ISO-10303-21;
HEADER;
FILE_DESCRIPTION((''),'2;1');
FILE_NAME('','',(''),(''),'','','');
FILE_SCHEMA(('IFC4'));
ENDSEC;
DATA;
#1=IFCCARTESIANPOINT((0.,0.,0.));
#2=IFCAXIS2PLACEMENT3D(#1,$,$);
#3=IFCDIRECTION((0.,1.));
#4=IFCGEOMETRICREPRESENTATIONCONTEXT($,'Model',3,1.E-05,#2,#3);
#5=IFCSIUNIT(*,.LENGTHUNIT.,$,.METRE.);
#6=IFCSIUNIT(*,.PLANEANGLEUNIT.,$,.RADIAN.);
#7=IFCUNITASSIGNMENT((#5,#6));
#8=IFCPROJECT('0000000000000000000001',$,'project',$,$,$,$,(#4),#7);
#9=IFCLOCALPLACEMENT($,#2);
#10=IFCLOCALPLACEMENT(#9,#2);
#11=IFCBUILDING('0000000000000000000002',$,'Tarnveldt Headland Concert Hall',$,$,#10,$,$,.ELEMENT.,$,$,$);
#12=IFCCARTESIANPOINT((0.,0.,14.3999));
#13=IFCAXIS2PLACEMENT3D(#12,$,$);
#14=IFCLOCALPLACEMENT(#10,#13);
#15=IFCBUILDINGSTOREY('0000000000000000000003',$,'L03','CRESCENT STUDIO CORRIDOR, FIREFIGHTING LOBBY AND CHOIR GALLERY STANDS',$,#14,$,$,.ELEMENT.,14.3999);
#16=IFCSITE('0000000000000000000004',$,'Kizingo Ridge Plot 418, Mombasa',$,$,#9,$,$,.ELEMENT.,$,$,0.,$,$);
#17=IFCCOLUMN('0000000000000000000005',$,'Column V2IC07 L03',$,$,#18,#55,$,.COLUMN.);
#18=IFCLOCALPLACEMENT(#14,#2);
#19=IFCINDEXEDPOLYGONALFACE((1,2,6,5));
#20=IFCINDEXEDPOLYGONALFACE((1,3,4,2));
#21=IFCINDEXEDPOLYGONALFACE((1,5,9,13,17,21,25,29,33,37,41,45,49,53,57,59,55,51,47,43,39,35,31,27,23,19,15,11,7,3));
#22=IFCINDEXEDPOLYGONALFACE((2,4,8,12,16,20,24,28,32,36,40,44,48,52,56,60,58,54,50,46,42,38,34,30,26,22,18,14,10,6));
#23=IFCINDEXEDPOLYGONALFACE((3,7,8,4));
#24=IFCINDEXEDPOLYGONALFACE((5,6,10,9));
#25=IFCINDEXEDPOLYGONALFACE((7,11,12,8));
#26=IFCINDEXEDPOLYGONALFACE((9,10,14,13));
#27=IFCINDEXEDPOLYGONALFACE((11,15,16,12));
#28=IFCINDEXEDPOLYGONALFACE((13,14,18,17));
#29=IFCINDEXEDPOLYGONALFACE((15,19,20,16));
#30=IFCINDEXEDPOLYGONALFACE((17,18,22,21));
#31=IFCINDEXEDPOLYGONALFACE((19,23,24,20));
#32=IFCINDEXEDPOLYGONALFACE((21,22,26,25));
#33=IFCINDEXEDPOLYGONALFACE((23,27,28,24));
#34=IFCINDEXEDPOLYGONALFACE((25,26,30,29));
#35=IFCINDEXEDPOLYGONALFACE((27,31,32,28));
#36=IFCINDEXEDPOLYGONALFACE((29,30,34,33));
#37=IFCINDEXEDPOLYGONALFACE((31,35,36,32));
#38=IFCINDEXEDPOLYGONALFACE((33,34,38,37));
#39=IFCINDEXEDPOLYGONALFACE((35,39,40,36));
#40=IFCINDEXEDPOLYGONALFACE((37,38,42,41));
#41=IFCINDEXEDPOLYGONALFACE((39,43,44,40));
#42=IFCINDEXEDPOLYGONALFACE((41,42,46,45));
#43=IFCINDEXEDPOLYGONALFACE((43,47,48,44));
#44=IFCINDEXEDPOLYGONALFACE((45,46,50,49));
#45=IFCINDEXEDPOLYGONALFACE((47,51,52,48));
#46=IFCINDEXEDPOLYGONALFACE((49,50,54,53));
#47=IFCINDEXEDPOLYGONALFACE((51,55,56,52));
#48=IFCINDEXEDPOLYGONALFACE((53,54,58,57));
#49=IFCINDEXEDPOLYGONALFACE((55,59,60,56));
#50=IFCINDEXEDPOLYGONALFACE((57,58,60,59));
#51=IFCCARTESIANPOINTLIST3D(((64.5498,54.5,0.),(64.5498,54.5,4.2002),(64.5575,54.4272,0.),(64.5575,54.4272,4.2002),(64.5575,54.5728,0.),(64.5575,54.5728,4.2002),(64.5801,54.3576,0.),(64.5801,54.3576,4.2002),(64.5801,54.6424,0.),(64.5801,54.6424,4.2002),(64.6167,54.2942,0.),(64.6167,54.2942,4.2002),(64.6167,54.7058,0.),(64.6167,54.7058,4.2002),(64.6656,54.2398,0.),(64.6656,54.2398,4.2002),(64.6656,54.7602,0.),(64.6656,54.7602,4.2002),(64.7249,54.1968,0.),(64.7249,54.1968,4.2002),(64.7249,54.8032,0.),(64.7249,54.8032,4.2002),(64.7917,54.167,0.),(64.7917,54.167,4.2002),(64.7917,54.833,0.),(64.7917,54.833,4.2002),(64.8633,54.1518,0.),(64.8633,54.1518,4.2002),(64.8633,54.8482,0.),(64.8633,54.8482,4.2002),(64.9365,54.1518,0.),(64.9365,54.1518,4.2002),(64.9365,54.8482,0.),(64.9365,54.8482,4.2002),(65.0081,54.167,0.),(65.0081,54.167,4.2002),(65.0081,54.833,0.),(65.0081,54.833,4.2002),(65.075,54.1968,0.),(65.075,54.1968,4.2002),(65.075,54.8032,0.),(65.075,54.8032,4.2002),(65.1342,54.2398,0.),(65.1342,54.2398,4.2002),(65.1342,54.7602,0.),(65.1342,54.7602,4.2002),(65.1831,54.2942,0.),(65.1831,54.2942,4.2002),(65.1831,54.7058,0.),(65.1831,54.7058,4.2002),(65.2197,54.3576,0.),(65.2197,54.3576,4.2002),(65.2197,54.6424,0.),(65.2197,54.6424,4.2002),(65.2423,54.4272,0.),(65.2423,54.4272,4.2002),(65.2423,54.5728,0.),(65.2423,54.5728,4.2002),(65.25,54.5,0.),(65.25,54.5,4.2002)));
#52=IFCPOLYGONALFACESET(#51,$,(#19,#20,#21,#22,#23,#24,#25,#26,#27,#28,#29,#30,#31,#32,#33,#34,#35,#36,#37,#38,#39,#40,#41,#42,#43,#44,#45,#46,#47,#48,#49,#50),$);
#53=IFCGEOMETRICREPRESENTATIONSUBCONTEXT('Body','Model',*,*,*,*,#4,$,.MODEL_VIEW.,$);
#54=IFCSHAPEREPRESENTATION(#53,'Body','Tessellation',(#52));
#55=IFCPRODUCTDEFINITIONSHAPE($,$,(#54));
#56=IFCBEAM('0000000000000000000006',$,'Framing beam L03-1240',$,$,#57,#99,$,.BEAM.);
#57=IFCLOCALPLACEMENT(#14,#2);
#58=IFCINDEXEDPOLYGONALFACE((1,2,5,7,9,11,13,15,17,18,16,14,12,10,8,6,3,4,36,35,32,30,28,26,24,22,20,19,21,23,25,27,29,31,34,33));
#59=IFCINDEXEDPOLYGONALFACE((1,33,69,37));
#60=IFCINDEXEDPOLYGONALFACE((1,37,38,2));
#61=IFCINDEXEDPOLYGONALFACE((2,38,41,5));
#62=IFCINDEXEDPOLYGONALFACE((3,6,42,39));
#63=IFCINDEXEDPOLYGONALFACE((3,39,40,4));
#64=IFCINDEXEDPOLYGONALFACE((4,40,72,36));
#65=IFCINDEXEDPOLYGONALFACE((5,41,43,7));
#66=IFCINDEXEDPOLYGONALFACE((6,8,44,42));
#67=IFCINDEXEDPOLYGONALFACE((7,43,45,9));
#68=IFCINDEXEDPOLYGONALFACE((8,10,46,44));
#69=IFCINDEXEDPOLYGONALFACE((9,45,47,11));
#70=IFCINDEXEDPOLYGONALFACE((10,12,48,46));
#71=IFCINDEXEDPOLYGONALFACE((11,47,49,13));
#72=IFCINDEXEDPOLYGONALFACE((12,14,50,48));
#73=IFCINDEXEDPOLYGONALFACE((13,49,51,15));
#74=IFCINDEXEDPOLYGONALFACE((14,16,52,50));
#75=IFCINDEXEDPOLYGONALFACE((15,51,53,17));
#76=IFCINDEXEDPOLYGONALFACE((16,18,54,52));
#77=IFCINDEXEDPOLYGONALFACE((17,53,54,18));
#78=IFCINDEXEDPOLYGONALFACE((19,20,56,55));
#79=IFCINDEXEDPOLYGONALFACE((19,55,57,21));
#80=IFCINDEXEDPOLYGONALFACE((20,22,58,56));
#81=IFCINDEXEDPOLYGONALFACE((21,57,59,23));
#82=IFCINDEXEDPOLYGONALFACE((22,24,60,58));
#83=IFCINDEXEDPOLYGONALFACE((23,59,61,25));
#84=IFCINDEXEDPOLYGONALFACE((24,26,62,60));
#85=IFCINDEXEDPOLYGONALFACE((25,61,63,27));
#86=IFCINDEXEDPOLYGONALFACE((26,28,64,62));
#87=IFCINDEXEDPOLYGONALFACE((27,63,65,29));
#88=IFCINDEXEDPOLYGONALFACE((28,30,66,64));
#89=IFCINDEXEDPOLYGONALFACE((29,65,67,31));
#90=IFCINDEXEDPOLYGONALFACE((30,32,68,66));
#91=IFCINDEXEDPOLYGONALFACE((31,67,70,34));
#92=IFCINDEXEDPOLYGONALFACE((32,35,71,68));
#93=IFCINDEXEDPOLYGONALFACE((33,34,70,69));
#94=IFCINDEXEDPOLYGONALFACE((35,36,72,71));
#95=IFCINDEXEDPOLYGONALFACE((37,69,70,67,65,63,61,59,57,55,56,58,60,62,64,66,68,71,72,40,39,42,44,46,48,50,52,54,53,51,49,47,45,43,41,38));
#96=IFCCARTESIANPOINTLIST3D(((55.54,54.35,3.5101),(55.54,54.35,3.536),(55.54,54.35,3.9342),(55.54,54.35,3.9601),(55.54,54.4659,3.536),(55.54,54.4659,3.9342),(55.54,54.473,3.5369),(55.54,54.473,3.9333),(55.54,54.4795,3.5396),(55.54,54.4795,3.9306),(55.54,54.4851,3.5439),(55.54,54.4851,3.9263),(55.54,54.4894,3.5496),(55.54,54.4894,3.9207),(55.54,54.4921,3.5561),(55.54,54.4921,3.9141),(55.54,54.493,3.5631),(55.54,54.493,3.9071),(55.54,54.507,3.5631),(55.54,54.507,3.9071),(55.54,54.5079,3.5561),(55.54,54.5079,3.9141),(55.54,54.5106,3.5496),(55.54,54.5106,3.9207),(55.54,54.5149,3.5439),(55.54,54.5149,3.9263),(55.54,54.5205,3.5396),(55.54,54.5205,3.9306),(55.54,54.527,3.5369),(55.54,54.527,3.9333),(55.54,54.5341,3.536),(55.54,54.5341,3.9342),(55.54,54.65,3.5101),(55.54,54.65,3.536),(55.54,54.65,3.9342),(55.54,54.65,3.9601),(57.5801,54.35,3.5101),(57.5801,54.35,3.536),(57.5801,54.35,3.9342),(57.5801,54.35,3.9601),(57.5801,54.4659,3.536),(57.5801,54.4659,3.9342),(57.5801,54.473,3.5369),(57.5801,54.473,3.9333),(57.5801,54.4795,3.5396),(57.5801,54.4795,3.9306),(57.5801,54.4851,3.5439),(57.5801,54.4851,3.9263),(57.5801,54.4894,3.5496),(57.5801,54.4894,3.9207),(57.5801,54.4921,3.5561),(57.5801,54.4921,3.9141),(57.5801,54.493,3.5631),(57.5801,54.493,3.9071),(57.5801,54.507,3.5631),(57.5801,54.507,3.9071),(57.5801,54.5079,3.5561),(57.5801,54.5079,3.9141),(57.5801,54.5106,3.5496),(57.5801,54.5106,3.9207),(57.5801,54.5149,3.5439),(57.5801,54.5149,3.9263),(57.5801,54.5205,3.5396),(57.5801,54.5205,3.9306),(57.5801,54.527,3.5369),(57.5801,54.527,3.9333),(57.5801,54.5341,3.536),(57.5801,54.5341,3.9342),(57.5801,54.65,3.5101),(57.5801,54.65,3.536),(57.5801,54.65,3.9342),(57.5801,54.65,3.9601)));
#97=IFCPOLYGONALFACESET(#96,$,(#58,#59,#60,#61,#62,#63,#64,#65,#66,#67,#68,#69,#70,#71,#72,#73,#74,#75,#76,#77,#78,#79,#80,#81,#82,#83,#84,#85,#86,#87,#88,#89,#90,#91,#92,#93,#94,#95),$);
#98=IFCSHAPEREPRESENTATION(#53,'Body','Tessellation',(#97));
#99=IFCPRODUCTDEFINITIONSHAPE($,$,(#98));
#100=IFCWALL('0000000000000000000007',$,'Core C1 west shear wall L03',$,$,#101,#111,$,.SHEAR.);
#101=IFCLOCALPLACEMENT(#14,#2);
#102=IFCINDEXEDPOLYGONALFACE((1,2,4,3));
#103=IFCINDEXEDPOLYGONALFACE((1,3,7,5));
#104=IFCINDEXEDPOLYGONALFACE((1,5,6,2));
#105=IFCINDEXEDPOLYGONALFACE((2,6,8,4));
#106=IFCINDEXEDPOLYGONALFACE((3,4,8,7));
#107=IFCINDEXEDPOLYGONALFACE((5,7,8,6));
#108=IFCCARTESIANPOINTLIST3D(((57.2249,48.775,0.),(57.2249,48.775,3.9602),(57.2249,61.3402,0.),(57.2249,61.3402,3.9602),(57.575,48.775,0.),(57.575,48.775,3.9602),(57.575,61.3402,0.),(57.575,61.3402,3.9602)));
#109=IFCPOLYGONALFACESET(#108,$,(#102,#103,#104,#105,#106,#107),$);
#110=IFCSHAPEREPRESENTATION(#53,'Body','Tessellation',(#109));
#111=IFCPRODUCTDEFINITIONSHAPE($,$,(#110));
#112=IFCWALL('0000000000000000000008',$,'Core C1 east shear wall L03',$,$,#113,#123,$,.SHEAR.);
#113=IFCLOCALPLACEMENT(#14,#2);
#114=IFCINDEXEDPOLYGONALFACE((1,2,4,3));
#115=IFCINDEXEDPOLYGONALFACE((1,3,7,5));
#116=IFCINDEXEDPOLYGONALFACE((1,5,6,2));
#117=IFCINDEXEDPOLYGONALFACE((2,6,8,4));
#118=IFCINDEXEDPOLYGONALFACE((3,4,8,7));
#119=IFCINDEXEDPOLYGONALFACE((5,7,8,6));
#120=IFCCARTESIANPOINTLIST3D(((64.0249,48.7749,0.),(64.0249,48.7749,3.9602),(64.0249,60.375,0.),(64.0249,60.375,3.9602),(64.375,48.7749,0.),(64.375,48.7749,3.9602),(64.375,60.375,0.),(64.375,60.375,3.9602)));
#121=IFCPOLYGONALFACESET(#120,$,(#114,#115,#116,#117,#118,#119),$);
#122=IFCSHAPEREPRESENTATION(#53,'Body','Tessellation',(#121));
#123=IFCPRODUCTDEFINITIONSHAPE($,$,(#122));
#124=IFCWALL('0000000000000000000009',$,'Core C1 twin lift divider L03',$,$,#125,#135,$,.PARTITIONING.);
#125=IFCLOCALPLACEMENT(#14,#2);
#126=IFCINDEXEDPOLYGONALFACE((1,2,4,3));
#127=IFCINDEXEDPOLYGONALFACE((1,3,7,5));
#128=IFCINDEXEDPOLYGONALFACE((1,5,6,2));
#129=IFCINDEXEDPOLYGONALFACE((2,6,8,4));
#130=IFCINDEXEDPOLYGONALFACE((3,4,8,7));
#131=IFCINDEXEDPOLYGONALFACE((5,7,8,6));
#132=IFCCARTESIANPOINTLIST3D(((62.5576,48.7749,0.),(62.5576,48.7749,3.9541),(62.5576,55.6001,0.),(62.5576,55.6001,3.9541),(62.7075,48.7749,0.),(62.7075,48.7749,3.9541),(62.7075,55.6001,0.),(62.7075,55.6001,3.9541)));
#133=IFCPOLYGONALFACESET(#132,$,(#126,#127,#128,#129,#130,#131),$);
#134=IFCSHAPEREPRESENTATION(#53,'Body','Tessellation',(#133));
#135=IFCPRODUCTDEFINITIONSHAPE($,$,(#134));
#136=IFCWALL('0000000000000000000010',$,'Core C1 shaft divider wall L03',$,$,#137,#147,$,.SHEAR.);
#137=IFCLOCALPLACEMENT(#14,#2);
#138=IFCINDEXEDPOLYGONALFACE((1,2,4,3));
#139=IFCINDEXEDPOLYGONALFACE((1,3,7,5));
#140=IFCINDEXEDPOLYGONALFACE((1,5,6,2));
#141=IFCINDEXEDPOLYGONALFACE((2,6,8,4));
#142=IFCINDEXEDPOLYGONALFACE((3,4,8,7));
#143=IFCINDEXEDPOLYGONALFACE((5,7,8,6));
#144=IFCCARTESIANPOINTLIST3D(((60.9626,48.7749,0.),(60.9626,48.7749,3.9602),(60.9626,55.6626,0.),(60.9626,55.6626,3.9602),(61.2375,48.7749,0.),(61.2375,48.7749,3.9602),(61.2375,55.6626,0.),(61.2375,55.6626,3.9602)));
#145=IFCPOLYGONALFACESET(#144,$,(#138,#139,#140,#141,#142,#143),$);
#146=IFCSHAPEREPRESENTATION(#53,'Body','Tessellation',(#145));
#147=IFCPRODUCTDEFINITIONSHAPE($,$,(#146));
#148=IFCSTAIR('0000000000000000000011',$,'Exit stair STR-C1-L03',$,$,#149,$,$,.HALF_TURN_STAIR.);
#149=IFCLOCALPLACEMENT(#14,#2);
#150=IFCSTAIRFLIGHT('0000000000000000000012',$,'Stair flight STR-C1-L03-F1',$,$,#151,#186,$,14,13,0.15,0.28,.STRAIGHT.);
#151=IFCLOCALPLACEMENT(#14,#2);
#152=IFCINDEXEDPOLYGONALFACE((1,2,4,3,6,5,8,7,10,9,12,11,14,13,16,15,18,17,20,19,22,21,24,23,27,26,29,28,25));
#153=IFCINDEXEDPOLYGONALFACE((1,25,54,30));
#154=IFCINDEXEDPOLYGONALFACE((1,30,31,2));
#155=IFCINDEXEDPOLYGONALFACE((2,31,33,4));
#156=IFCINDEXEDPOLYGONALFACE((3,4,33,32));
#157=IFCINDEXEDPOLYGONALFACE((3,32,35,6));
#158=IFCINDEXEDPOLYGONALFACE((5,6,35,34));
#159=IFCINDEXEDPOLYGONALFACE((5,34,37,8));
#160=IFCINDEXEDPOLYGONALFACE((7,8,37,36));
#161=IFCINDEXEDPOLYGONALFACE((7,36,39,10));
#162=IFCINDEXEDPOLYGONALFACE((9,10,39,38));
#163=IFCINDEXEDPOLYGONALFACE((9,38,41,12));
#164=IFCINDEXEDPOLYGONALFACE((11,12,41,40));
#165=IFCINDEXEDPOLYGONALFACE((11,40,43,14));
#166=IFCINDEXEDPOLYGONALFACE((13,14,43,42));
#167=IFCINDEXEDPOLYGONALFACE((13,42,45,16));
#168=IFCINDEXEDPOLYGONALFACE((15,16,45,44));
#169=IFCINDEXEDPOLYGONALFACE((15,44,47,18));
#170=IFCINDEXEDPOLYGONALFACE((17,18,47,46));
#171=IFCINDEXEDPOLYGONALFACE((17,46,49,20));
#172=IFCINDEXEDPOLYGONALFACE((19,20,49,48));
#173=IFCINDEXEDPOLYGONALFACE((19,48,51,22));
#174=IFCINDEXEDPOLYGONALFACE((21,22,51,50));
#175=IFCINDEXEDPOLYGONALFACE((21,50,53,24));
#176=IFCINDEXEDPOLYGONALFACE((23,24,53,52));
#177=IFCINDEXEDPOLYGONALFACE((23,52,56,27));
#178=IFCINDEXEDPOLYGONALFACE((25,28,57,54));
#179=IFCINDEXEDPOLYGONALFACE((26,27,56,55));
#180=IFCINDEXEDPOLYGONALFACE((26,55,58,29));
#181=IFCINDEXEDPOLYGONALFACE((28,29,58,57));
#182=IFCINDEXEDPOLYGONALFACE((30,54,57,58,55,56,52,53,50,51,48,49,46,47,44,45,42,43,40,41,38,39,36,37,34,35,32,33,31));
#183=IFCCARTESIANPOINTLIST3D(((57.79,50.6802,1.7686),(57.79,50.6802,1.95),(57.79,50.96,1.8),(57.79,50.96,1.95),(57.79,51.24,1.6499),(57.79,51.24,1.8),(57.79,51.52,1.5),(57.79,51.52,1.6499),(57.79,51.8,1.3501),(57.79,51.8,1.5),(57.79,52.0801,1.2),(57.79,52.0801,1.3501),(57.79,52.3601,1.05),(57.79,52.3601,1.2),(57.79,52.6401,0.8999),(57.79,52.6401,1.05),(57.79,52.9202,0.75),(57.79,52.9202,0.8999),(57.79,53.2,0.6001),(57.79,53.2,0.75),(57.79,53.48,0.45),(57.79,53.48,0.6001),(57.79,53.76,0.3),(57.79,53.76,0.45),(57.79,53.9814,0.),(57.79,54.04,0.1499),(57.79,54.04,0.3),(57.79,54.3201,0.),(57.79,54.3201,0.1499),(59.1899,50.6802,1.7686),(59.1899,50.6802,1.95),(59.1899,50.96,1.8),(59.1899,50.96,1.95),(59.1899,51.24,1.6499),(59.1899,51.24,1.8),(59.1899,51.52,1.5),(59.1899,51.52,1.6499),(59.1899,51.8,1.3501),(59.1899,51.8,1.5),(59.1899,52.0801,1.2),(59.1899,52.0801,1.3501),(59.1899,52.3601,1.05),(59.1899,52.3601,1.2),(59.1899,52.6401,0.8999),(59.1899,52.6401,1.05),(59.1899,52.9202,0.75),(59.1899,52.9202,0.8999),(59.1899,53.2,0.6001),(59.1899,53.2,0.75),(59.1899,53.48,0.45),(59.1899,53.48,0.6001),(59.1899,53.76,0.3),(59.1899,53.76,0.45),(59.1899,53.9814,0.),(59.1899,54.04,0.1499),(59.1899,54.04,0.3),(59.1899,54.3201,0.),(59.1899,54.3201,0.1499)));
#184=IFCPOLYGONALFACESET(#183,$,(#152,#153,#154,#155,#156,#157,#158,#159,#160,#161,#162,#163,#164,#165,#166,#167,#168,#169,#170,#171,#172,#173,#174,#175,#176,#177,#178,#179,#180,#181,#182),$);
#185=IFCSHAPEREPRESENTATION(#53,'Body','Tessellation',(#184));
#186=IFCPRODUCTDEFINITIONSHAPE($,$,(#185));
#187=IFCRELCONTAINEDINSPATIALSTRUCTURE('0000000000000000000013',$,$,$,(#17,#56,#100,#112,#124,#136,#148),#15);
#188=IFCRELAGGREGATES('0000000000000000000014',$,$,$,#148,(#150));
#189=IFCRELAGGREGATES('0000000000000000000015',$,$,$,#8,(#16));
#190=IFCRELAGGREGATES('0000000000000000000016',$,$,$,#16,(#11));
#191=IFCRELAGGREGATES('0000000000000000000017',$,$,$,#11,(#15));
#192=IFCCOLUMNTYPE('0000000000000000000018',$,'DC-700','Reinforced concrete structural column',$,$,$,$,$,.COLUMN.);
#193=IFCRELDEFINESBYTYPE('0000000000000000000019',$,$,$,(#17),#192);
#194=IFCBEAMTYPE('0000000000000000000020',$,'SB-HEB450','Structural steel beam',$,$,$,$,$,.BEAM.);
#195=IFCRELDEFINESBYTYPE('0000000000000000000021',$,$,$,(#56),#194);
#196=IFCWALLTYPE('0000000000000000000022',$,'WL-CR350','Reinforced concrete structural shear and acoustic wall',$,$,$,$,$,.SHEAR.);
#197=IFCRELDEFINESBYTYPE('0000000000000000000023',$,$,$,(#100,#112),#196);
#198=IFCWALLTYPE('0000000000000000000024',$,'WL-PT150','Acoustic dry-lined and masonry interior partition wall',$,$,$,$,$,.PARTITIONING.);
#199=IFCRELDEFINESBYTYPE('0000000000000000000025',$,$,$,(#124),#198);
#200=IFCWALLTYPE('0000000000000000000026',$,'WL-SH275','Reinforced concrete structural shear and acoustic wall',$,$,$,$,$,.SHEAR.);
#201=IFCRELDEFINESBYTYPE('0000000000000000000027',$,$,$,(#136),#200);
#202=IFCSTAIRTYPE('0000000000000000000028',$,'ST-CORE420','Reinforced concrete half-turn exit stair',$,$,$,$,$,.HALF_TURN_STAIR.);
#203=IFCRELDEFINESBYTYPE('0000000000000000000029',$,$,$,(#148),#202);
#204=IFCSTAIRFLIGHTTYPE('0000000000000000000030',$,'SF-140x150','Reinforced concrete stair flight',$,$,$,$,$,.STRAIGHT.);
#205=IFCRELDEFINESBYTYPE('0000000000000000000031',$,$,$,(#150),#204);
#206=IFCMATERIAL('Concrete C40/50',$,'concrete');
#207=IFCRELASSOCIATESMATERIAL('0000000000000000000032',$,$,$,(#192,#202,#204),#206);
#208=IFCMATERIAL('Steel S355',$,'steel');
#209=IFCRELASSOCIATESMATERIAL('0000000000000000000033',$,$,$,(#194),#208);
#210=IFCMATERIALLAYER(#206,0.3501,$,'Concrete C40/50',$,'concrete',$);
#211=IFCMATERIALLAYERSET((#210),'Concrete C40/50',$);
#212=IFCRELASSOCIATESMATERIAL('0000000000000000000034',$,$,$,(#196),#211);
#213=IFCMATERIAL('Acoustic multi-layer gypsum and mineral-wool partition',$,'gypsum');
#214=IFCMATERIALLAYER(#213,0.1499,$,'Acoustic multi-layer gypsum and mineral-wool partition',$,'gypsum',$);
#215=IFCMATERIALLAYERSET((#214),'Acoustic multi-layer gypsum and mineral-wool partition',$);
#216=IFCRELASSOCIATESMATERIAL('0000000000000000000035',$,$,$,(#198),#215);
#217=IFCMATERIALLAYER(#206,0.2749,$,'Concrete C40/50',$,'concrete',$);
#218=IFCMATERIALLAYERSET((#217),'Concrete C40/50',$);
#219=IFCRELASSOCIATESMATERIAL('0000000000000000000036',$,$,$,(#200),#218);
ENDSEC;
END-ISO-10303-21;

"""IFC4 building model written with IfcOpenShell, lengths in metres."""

from ifc_helpers import new_model, si_unit, direction, frame, frame_2d, origin, origin_2d, place, context, subcontext, project, spatial, polyline, rectangle, circle, i_section, outline, extrude, material, layer, layer_set, material_profile, profile_set, type_object, element, aggregate, save


model = new_model("IFC4")

# Units and contexts
model_context = context("Model", 3, precision=1e-05, world=origin(), true_north=direction((0.0, 1.0)))
body_context = subcontext(model_context, "Body", "Model", "MODEL_VIEW")
ifc_project = project(units=[si_unit("LENGTHUNIT", "METRE"), si_unit("PLANEANGLEUNIT", "RADIAN")], contexts=[model_context])

# Site, building, storey
site_placement = place(None, origin())
site = spatial("IfcSite", under=ifc_project, at=site_placement, Name="Kizingo Ridge Plot 418, Mombasa", CompositionType="ELEMENT", RefElevation=0.0)
building_placement = place(site_placement, origin())
building = spatial("IfcBuilding", under=site, at=building_placement, Name="Tarnveldt Headland Concert Hall", CompositionType="ELEMENT")
storey_placement = place(building_placement, frame((0.0, 0.0, 14.3999)))
storey = spatial("IfcBuildingStorey", under=building, at=storey_placement, Name="L03", Description="CRESCENT STUDIO CORRIDOR, FIREFIGHTING LOBBY AND CHOIR GALLERY STANDS", CompositionType="ELEMENT", Elevation=14.3999)

# Column
ifc_material_1 = material(Name="Concrete C40/50", Category="concrete")
ifc_material_profile_1 = material_profile(ifc_material_1, circle(Radius=0.3501, at=origin_2d()), Name="RC D700", Category="concrete")
ifc_profile_set_1 = profile_set([ifc_material_profile_1], Name="Concrete C40/50")
column_type = type_object("IfcColumnType", Name="DC-700", Description="Reinforced concrete structural column", PredefinedType="COLUMN", material=ifc_profile_set_1)
column_placement = place(storey_placement, frame((64.8999, 54.5, 0.0), z_axis=(0.0, 0.0, 1.0), x_axis=(-1.0, 0.0, 0.0)))
element("IfcColumn", 1, at=column_placement, inside=storey, type_object=column_type, Name="Column V2IC07 L03", PredefinedType="COLUMN", context=body_context, shape_type="SweptSolid", body=[
    extrude(circle(Radius=0.3501, at=origin_2d()), origin(), (0.0, 0.0, 1.0), 4.2002),
])

# Beam
ifc_material_2 = material(Name="Steel S355", Category="steel")
ifc_material_profile_2 = material_profile(ifc_material_2, i_section(OverallWidth=0.3, OverallDepth=0.45, WebThickness=0.0139, FlangeThickness=0.0259, FilletRadius=0.0271, at=origin_2d()), Name="HEB450", Category="steel")
ifc_profile_set_2 = profile_set([ifc_material_profile_2], Name="Steel S355")
beam_type = type_object("IfcBeamType", Name="SB-HEB450", Description="Structural steel beam", PredefinedType="BEAM", material=ifc_profile_set_2)
beam_placement = place(storey_placement, frame((57.5801, 54.5, 3.7351), z_axis=(-1.0, 0.0, 0.0), x_axis=(0.0, -1.0, 0.0)))
element("IfcBeam", 2, at=beam_placement, inside=storey, type_object=beam_type, Name="Framing beam L03-1240", PredefinedType="BEAM", context=body_context, shape_type="SweptSolid", body=[
    extrude(i_section(OverallWidth=0.3, OverallDepth=0.45, WebThickness=0.0139, FlangeThickness=0.0259, FilletRadius=0.0271, at=origin_2d()), origin(), (0.0, 0.0, 1.0), 2.04),
])

# Walls
ifc_layer_1 = layer(ifc_material_1, 0.3501, Name="Concrete C40/50", Category="concrete")
ifc_layer_set_1 = layer_set([ifc_layer_1], Name="Concrete C40/50")
wall_type_1 = type_object("IfcWallType", Name="WL-CR350", Description="Reinforced concrete structural shear and acoustic wall", PredefinedType="SHEAR", material=ifc_layer_set_1)
wall_1_placement = place(storey_placement, frame((57.3999, 48.7749, 0.0), z_axis=(0.0, 0.0, 1.0), x_axis=(0.0, 1.0, 0.0)))
element("IfcWall", 3, at=wall_1_placement, inside=storey, type_object=wall_type_1, Name="Core C1 west shear wall L03", PredefinedType="SHEAR", context=body_context, shape_type="SweptSolid", body=[
    extrude(rectangle(XDim=12.5652, YDim=0.3501, at=frame_2d((6.2827, 0.0))), origin(), (0.0, 0.0, 1.0), 3.9602),
])
wall_2_placement = place(storey_placement, frame((64.2, 48.7749, 0.0), z_axis=(0.0, 0.0, 1.0), x_axis=(0.0, 1.0, 0.0)))
element("IfcWall", 4, at=wall_2_placement, inside=storey, type_object=wall_type_1, Name="Core C1 east shear wall L03", PredefinedType="SHEAR", context=body_context, shape_type="SweptSolid", body=[
    extrude(rectangle(XDim=11.6001, YDim=0.3501, at=frame_2d((5.8, 0.0))), origin(), (0.0, 0.0, 1.0), 3.9602),
])
ifc_material_3 = material(Name="Acoustic multi-layer gypsum and mineral-wool partition", Category="gypsum")
ifc_layer_2 = layer(ifc_material_3, 0.1499, Name="Acoustic multi-layer gypsum and mineral-wool partition", Category="gypsum")
ifc_layer_set_2 = layer_set([ifc_layer_2], Name="Acoustic multi-layer gypsum and mineral-wool partition")
wall_type_2 = type_object("IfcWallType", Name="WL-PT150", Description="Acoustic dry-lined and masonry interior partition wall", PredefinedType="PARTITIONING", material=ifc_layer_set_2)
wall_3_placement = place(storey_placement, frame((62.6326, 48.7749, 0.0), z_axis=(0.0, 0.0, 1.0), x_axis=(0.0, 1.0, 0.0)))
element("IfcWall", 5, at=wall_3_placement, inside=storey, type_object=wall_type_2, Name="Core C1 twin lift divider L03", PredefinedType="PARTITIONING", context=body_context, shape_type="SweptSolid", body=[
    extrude(rectangle(XDim=6.8252, YDim=0.1499, at=frame_2d((3.4126, 0.0))), origin(), (0.0, 0.0, 1.0), 3.9541),
])

# Wall
ifc_layer_3 = layer(ifc_material_1, 0.2749, Name="Concrete C40/50", Category="concrete")
ifc_layer_set_3 = layer_set([ifc_layer_3], Name="Concrete C40/50")
wall_type_3 = type_object("IfcWallType", Name="WL-SH275", Description="Reinforced concrete structural shear and acoustic wall", PredefinedType="SHEAR", material=ifc_layer_set_3)
wall_4_placement = place(storey_placement, frame((61.1001, 48.7749, 0.0), z_axis=(0.0, 0.0, 1.0), x_axis=(0.0, 1.0, 0.0)))
element("IfcWall", 6, at=wall_4_placement, inside=storey, type_object=wall_type_3, Name="Core C1 shaft divider wall L03", PredefinedType="SHEAR", context=body_context, shape_type="SweptSolid", body=[
    extrude(rectangle(XDim=6.8877, YDim=0.2749, at=frame_2d((3.4438, 0.0))), origin(), (0.0, 0.0, 1.0), 3.9602),
])

# Stair, stair flight
stair_type = type_object("IfcStairType", Name="ST-CORE420", Description="Reinforced concrete half-turn exit stair", PredefinedType="HALF_TURN_STAIR", material=ifc_material_1)
stair_placement = place(storey_placement, origin())
stair = element("IfcStair", 7, at=stair_placement, inside=storey, type_object=stair_type, Name="Exit stair STR-C1-L03", PredefinedType="HALF_TURN_STAIR")
stair_flight_type = type_object("IfcStairFlightType", Name="SF-140x150", Description="Reinforced concrete stair flight", PredefinedType="STRAIGHT", material=ifc_material_1)
stair_flight_1_placement = place(storey_placement, frame((58.49, 54.3201, 0.0), z_axis=(0.0, 0.0, 1.0), x_axis=(0.0, -1.0, 0.0)))
stair_flight_1 = element("IfcStairFlight", 8, at=stair_flight_1_placement, type_object=stair_flight_type, Name="Stair flight STR-C1-L03-F1", NumberOfRisers=14, NumberOfTreads=13, PredefinedType="STRAIGHT", RiserHeight=0.15, TreadLength=0.28, context=body_context, shape_type="SweptSolid", body=[
    extrude(outline(polyline([(0.0, 0.0), (0.0, 0.1499), (0.28, 0.1499), (0.28, 0.3), (0.5601, 0.3), (0.5601, 0.45), (0.8401, 0.45), (0.8401, 0.6001), (1.1201, 0.6001), (1.1201, 0.75), (1.3999, 0.75), (1.3999, 0.8999), (1.6799, 0.8999), (1.6799, 1.05), (1.96, 1.05), (1.96, 1.2), (2.24, 1.2), (2.24, 1.3501), (2.52, 1.3501), (2.52, 1.5), (2.8, 1.5), (2.8, 1.6499), (3.0801, 1.6499), (3.0801, 1.8), (3.3601, 1.8), (3.3601, 1.95), (3.6399, 1.95), (3.6399, 2.1001), (3.6399, 1.7686), (0.3386, 0.0), (0.0, 0.0)])), frame((0.0, 0.7, 0.0), z_axis=(0.0, -1.0, 0.0), x_axis=(1.0, 0.0, 0.0)), (0.0, 0.0, 1.0), 1.3999),
])
aggregate(stair, [stair_flight_1])

save(model, "model.ifc")
